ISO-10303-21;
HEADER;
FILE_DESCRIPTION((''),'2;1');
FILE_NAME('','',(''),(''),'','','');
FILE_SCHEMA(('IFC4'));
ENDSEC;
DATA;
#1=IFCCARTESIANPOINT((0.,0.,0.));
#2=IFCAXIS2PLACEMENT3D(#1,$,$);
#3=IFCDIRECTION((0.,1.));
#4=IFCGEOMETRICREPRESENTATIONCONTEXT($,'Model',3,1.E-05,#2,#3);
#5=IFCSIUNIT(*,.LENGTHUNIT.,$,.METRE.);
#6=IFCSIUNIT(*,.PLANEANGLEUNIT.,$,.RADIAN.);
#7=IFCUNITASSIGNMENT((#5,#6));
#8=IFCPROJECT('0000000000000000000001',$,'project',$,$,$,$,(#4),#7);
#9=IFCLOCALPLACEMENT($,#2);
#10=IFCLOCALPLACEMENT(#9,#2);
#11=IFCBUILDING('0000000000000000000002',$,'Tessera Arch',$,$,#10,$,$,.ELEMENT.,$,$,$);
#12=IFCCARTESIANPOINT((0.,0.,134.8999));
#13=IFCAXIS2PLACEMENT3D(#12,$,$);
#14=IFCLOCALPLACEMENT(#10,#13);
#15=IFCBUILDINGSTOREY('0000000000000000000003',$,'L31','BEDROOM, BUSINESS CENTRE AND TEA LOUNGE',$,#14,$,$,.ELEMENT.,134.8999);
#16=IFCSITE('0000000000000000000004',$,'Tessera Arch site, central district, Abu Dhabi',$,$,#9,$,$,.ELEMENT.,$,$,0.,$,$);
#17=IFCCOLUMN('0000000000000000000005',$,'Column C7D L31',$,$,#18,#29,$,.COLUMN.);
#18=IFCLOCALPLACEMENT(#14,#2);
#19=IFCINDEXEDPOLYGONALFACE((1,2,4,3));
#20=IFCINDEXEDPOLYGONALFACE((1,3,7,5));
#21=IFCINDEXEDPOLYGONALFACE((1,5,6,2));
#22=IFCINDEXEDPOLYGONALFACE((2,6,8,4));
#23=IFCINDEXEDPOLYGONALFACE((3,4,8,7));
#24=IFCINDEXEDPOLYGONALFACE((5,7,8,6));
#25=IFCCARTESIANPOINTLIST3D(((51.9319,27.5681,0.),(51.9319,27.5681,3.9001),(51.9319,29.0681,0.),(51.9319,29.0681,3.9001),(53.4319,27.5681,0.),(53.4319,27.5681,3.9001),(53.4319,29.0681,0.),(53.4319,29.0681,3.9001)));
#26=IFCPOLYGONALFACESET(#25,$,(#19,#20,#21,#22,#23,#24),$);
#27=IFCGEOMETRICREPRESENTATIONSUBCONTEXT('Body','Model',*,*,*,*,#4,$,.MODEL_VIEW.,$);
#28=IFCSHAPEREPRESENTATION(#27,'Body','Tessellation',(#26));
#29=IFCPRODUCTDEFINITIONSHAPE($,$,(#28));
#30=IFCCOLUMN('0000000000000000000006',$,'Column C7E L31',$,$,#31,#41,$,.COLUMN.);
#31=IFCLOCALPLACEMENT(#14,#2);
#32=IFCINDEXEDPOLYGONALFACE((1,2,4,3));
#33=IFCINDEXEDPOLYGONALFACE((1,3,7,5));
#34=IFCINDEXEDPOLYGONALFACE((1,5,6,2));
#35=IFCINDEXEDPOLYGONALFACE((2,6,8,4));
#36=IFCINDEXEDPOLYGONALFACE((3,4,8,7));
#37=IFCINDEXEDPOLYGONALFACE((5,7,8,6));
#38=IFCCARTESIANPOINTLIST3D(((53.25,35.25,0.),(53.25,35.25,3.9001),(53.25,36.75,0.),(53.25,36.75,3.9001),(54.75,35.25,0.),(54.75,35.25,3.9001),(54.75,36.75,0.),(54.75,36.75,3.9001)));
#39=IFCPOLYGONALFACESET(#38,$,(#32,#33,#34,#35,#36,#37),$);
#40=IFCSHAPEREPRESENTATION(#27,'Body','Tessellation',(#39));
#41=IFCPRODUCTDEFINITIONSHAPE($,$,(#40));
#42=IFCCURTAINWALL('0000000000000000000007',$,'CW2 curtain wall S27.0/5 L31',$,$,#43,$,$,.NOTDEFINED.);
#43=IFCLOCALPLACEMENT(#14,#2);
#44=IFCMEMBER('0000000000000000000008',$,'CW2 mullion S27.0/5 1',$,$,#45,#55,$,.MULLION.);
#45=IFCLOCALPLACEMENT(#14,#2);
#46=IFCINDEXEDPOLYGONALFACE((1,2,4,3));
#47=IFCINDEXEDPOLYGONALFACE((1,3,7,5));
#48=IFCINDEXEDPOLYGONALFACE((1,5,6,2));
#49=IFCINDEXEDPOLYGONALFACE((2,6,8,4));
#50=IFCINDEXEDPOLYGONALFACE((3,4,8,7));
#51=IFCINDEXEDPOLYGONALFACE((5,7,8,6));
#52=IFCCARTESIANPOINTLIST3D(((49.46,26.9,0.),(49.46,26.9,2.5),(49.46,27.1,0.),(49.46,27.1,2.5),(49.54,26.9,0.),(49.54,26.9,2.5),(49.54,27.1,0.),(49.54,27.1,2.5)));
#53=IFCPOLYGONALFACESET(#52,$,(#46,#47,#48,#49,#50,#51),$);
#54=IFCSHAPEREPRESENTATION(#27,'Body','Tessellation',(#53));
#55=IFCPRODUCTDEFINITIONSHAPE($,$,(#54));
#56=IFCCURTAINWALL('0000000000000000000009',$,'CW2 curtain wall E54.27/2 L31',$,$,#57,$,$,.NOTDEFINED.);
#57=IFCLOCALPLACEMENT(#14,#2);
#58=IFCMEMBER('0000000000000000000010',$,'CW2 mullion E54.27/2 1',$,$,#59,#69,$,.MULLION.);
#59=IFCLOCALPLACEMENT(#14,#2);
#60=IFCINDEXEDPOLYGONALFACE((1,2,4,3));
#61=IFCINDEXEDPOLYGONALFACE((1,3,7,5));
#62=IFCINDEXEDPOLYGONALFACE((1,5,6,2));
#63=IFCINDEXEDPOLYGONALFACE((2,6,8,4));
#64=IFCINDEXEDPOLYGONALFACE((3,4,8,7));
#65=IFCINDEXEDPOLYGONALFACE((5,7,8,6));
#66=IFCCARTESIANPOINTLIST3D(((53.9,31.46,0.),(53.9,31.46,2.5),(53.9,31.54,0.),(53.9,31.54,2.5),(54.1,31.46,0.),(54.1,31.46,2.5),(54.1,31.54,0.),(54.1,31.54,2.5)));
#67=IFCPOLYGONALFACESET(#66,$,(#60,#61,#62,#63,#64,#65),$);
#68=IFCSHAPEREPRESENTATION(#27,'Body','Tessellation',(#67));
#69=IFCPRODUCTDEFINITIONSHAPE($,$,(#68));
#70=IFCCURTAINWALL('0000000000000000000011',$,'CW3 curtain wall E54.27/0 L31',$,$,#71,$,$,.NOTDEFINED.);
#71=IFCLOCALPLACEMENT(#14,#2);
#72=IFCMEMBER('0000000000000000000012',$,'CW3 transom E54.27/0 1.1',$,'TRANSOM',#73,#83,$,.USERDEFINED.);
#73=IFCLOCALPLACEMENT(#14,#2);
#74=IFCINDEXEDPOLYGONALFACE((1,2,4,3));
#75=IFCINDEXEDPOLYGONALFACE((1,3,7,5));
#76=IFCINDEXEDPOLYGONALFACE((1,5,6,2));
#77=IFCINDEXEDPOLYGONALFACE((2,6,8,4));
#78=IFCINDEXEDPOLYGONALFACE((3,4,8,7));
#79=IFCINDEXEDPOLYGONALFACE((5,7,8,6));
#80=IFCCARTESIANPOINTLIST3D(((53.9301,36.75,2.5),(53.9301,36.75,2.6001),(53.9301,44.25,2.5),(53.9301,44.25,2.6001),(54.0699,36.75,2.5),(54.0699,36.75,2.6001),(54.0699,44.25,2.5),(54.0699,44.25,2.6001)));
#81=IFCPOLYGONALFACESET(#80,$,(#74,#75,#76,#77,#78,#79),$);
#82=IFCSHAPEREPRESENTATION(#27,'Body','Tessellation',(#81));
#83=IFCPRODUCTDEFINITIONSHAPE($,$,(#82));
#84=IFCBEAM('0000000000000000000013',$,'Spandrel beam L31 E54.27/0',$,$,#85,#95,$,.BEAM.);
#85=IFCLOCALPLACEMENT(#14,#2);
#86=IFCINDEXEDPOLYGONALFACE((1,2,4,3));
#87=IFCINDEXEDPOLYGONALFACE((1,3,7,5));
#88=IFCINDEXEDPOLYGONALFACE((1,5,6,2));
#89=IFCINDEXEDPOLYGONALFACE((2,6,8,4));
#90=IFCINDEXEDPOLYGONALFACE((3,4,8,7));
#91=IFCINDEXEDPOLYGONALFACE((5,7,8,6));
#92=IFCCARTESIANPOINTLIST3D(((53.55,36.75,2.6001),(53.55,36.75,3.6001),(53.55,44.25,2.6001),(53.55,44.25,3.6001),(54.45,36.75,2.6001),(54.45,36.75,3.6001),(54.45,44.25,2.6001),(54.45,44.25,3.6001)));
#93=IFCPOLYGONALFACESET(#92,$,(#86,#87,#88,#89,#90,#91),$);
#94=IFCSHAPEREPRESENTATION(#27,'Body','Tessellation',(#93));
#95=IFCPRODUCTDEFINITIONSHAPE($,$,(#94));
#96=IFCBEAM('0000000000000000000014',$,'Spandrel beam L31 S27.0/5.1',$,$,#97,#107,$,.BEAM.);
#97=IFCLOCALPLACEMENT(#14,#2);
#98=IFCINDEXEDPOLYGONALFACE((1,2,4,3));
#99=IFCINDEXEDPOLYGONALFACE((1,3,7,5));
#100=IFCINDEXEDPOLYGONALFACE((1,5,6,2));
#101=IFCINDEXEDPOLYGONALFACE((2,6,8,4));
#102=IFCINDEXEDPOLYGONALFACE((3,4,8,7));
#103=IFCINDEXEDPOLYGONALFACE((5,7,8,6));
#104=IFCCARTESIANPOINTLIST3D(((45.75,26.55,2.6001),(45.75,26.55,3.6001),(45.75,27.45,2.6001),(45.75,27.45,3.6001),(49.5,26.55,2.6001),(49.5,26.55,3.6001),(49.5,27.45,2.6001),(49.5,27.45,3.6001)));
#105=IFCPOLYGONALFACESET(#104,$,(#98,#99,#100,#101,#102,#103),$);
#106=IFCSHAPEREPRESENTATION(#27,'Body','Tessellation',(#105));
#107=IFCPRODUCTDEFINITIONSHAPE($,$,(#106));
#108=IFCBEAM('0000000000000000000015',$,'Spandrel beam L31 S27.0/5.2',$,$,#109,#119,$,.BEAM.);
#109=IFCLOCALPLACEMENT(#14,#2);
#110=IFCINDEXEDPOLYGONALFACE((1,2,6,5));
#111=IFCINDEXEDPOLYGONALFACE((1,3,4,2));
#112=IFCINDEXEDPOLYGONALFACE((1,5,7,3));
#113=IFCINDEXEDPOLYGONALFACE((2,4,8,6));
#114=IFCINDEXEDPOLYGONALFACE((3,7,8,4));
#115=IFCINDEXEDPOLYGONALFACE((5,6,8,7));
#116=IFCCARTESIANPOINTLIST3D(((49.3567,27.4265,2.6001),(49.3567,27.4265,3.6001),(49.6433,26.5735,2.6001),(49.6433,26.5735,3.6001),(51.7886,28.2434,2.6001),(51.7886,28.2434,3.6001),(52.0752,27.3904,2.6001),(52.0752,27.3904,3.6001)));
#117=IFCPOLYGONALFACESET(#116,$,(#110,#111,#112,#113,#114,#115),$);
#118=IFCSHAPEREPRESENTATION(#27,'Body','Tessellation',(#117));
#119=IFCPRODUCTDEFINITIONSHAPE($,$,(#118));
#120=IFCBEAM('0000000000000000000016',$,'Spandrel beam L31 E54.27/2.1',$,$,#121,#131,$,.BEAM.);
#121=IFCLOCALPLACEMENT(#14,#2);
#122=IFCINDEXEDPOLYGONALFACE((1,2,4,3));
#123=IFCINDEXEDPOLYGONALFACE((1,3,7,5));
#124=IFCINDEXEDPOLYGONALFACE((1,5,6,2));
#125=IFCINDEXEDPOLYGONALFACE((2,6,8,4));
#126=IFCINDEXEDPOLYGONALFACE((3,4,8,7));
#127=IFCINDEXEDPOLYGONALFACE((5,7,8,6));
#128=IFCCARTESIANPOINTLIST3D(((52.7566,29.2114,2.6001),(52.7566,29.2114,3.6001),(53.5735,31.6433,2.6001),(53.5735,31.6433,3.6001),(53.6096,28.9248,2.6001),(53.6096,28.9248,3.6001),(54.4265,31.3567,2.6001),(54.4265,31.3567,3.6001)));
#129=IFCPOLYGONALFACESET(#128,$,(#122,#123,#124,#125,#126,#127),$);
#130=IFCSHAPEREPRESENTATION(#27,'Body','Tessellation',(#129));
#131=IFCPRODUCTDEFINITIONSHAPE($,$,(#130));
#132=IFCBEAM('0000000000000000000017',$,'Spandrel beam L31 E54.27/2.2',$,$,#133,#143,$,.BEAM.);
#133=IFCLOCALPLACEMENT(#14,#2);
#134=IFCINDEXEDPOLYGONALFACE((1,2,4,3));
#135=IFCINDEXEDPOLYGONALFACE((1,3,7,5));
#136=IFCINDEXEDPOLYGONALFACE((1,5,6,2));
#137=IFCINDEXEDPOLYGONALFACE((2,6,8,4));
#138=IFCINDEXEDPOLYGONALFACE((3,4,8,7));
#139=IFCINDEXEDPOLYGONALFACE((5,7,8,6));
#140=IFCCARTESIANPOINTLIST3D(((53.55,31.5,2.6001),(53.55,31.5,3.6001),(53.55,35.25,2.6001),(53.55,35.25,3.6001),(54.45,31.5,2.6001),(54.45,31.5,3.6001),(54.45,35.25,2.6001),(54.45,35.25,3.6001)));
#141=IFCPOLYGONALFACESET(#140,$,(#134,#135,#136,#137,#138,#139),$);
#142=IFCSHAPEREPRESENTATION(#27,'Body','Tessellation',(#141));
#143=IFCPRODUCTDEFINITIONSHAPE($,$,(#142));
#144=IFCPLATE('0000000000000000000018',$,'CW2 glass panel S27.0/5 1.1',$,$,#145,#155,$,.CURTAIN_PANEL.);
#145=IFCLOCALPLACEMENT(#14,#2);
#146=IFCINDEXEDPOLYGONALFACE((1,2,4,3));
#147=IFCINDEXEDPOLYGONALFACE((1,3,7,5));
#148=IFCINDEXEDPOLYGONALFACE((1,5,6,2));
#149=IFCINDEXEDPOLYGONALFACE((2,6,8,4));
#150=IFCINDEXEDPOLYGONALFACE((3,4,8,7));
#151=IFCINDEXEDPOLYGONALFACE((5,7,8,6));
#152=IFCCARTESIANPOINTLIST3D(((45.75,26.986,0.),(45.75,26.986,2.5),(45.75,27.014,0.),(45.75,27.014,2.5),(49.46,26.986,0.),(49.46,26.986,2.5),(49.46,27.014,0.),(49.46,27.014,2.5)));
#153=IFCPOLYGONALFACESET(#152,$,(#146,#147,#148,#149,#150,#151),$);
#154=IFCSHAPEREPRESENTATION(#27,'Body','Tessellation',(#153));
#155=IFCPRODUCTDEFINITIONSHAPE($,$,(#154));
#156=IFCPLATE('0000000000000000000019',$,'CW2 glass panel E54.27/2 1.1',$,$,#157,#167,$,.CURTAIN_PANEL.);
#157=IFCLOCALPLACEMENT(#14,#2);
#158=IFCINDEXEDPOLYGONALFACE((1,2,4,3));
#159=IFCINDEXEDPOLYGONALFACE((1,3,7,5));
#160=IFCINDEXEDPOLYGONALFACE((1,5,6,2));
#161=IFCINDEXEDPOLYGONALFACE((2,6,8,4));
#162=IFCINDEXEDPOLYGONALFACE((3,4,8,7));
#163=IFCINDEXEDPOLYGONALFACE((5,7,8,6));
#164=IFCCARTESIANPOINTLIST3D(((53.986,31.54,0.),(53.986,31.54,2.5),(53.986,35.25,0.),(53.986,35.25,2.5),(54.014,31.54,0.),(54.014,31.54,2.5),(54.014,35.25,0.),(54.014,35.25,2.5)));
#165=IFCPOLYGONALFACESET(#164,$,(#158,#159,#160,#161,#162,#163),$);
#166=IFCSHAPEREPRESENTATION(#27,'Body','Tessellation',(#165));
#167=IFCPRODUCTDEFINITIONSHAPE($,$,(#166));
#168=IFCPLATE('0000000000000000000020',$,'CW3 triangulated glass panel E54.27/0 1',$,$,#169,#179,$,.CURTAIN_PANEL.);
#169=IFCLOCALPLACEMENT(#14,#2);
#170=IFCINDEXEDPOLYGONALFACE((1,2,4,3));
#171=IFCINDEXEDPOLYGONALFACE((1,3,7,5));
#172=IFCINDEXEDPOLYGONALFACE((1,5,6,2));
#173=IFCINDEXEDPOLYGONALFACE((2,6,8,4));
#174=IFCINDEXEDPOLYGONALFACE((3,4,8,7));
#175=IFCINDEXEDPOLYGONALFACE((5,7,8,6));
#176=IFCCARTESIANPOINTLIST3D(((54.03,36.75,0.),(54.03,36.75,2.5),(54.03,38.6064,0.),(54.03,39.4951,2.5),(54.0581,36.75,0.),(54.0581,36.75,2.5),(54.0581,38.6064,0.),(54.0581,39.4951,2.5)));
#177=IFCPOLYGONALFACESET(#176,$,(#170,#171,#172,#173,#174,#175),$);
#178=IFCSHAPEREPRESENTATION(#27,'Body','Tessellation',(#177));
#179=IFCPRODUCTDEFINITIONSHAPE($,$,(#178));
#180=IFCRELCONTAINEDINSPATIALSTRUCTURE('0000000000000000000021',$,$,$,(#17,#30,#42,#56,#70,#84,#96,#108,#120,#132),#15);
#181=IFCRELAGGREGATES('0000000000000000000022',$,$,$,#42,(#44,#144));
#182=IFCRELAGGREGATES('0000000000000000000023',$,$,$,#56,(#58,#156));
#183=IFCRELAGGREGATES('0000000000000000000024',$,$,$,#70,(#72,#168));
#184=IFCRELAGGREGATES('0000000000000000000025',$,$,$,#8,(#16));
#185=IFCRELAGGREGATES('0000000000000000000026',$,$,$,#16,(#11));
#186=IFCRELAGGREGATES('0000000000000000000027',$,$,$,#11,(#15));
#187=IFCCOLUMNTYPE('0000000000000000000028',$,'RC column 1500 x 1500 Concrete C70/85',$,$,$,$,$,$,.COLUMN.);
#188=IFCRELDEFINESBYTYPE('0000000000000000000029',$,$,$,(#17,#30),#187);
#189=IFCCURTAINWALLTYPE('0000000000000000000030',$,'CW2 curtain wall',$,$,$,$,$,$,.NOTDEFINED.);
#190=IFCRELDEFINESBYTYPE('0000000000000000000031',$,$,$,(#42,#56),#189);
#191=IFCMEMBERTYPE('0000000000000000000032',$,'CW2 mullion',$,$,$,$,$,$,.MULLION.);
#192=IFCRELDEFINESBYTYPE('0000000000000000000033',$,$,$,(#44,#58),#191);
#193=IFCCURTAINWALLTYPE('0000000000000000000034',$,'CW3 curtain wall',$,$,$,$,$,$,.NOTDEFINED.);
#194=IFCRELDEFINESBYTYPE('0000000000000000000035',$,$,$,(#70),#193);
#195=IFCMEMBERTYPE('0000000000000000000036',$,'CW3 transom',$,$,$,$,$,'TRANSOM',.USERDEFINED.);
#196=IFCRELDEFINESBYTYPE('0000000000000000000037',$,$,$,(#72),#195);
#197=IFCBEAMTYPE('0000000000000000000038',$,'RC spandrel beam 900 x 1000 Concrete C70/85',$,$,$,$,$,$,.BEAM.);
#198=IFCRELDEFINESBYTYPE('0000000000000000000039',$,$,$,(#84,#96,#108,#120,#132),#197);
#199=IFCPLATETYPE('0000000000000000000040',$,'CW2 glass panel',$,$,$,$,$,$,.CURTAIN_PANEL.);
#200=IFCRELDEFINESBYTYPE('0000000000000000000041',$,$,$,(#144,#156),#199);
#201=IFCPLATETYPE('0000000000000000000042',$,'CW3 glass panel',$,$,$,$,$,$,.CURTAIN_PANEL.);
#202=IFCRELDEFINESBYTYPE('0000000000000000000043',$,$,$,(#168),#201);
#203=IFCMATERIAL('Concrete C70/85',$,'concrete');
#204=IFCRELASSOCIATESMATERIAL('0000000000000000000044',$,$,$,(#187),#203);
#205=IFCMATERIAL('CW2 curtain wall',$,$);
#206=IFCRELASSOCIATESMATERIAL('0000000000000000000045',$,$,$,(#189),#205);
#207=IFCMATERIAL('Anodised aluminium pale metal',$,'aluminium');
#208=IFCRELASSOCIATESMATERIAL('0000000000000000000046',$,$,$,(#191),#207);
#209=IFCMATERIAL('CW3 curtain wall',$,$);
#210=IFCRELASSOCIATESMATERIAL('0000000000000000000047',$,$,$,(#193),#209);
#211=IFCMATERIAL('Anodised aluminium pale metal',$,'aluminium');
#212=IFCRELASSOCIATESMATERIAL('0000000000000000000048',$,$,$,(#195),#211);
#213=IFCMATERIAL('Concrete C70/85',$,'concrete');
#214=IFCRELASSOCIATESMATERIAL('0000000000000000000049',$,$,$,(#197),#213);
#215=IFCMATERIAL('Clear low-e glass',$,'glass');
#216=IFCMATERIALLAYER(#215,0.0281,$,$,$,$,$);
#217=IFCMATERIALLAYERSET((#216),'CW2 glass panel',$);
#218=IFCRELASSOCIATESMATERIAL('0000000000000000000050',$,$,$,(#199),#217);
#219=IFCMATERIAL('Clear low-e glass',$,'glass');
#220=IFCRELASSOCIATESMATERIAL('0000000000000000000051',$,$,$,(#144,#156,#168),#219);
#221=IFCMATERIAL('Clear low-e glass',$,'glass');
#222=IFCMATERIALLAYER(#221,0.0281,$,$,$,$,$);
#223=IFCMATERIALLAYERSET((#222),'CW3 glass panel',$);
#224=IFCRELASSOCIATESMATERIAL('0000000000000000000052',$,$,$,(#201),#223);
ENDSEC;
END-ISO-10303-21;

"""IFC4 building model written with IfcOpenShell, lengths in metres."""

from ifc_helpers import new_model, si_unit, direction, frame, origin, origin_2d, place, context, subcontext, project, spatial, polyline, rectangle, outline, extrude, material, layer, layer_set, material_profile, profile_set, type_object, element, aggregate, save


model = new_model("IFC4")

# Units and contexts
model_context = context("Model", 3, precision=1e-05, world=origin(), true_north=direction((0.0, 1.0)))
body_context = subcontext(model_context, "Body", "Model", "MODEL_VIEW")
ifc_project = project(units=[si_unit("LENGTHUNIT", "METRE"), si_unit("PLANEANGLEUNIT", "RADIAN")], contexts=[model_context])

# Site, building, storey
site_placement = place(None, origin())
site = spatial("IfcSite", under=ifc_project, at=site_placement, Name="Tessera Arch site, central district, Abu Dhabi", CompositionType="ELEMENT", RefElevation=0.0)
building_placement = place(site_placement, origin())
building = spatial("IfcBuilding", under=site, at=building_placement, Name="Tessera Arch", CompositionType="ELEMENT")
storey_placement = place(building_placement, frame((0.0, 0.0, 134.8999)))
storey = spatial("IfcBuildingStorey", under=building, at=storey_placement, Name="L31", Description="BEDROOM, BUSINESS CENTRE AND TEA LOUNGE", CompositionType="ELEMENT", Elevation=134.8999)

# Columns
ifc_material_1 = material(Name="Concrete C70/85", Category="concrete")
ifc_material_profile_1 = material_profile(ifc_material_1, rectangle(XDim=1.5, YDim=1.5, at=origin_2d()), Name="RC column 1500 x 1500 Concrete C70/85")
ifc_profile_set_1 = profile_set([ifc_material_profile_1], Name="Concrete C70/85")
column_type = type_object("IfcColumnType", Name="RC column 1500 x 1500 Concrete C70/85", PredefinedType="COLUMN", material=ifc_profile_set_1)
for number, where, z_axis, x_axis, name in (
    (1, (52.6819, 28.3181, 0.0), (0.0, 0.0, 1.0), (1.0, 0.0, 0.0), "Column C7D L31"),
    (2, (54.0, 36.0, 0.0), (0.0, 0.0, 1.0), (1.0, 0.0, 0.0), "Column C7E L31"),
):
    element("IfcColumn", number, at=place(storey_placement, frame(where, z_axis=z_axis, x_axis=x_axis)), inside=storey, type_object=column_type, Name=name, PredefinedType="COLUMN", context=body_context, shape_type="SweptSolid", body=[
        extrude(rectangle(XDim=1.5, YDim=1.5, at=origin_2d()), origin(), (0.0, 0.0, 1.0), 3.9001),
    ])

# Curtain walls, members
ifc_material_2 = material(Name="CW2 curtain wall")
curtain_wall_type_1 = type_object("IfcCurtainWallType", Name="CW2 curtain wall", PredefinedType="NOTDEFINED", material=ifc_material_2)
curtain_wall_1_placement = place(storey_placement, origin())
curtain_wall_1 = element("IfcCurtainWall", 3, at=curtain_wall_1_placement, inside=storey, type_object=curtain_wall_type_1, Name="CW2 curtain wall S27.0/5 L31", PredefinedType="NOTDEFINED")
ifc_material_3 = material(Name="Anodised aluminium pale metal", Category="aluminium")
ifc_material_profile_2 = material_profile(ifc_material_3, rectangle(XDim=0.2, YDim=0.0801, at=origin_2d()), Name="AL 80x200")
ifc_profile_set_2 = profile_set([ifc_material_profile_2], Name="Anodised aluminium pale metal")
member_type_1 = type_object("IfcMemberType", Name="CW2 mullion", PredefinedType="MULLION", material=ifc_profile_set_2)
member_1_placement = place(storey_placement, frame((49.5, 27.0, 0.0), z_axis=(0.0, 0.0, 1.0), x_axis=(0.0, 1.0, 0.0)))
member_1 = element("IfcMember", 4, at=member_1_placement, type_object=member_type_1, Name="CW2 mullion S27.0/5 1", PredefinedType="MULLION", context=body_context, shape_type="SweptSolid", body=[
    extrude(rectangle(XDim=0.2, YDim=0.0801, at=origin_2d()), origin(), (0.0, 0.0, 1.0), 2.5),
])
curtain_wall_2_placement = place(storey_placement, origin())
curtain_wall_2 = element("IfcCurtainWall", 5, at=curtain_wall_2_placement, inside=storey, type_object=curtain_wall_type_1, Name="CW2 curtain wall E54.27/2 L31", PredefinedType="NOTDEFINED")
member_2_placement = place(storey_placement, frame((54.0, 31.5, 0.0), z_axis=(0.0, 0.0, 1.0), x_axis=(-1.0, 0.0, 0.0)))
member_2 = element("IfcMember", 6, at=member_2_placement, type_object=member_type_1, Name="CW2 mullion E54.27/2 1", PredefinedType="MULLION", context=body_context, shape_type="SweptSolid", body=[
    extrude(rectangle(XDim=0.2, YDim=0.0801, at=origin_2d()), origin(), (0.0, 0.0, 1.0), 2.5),
])
ifc_material_4 = material(Name="CW3 curtain wall")
curtain_wall_type_2 = type_object("IfcCurtainWallType", Name="CW3 curtain wall", PredefinedType="NOTDEFINED", material=ifc_material_4)
curtain_wall_3_placement = place(storey_placement, origin())
curtain_wall_3 = element("IfcCurtainWall", 7, at=curtain_wall_3_placement, inside=storey, type_object=curtain_wall_type_2, Name="CW3 curtain wall E54.27/0 L31", PredefinedType="NOTDEFINED")
ifc_material_5 = material(Name="Anodised aluminium pale metal", Category="aluminium")
ifc_material_profile_3 = material_profile(ifc_material_5, rectangle(XDim=0.1399, YDim=0.1001, at=origin_2d()), Name="AL 140x100")
ifc_profile_set_3 = profile_set([ifc_material_profile_3], Name="Anodised aluminium pale metal")
member_type_2 = type_object("IfcMemberType", Name="CW3 transom", ElementType="TRANSOM", PredefinedType="USERDEFINED", material=ifc_profile_set_3)
member_3_placement = place(storey_placement, frame((54.0, 36.75, 2.55), z_axis=(0.0, 1.0, 0.0), x_axis=(-1.0, 0.0, 0.0)))
member_3 = element("IfcMember", 8, at=member_3_placement, type_object=member_type_2, Name="CW3 transom E54.27/0 1.1", ObjectType="TRANSOM", PredefinedType="USERDEFINED", context=body_context, shape_type="SweptSolid", body=[
    extrude(rectangle(XDim=0.1399, YDim=0.1001, at=origin_2d()), origin(), (0.0, 0.0, 1.0), 7.5),
])

# Beams
ifc_material_6 = material(Name="Concrete C70/85", Category="concrete")
ifc_material_profile_4 = material_profile(ifc_material_6, rectangle(XDim=0.8999, YDim=1.0, at=origin_2d()), Name="RC spandrel beam 900 x 1000 Concrete C70/85")
ifc_profile_set_4 = profile_set([ifc_material_profile_4], Name="Concrete C70/85")
beam_type = type_object("IfcBeamType", Name="RC spandrel beam 900 x 1000 Concrete C70/85", PredefinedType="BEAM", material=ifc_profile_set_4)
beam_1_placement = place(storey_placement, frame((54.0, 36.75, 3.1001), z_axis=(0.0, 1.0, 0.0), x_axis=(-1.0, 0.0, 0.0)))
element("IfcBeam", 9, at=beam_1_placement, inside=storey, type_object=beam_type, Name="Spandrel beam L31 E54.27/0", PredefinedType="BEAM", context=body_context, shape_type="SweptSolid", body=[
    extrude(rectangle(XDim=0.8999, YDim=1.0, at=origin_2d()), origin(), (0.0, 0.0, 1.0), 7.5),
])
beam_2_placement = place(storey_placement, frame((45.75, 27.0, 3.1001), z_axis=(1.0, 0.0, 0.0), x_axis=(0.0, 1.0, 0.0)))
element("IfcBeam", 10, at=beam_2_placement, inside=storey, type_object=beam_type, Name="Spandrel beam L31 S27.0/5.1", PredefinedType="BEAM", context=body_context, shape_type="SweptSolid", body=[
    extrude(rectangle(XDim=0.8999, YDim=1.0, at=origin_2d()), origin(), (0.0, 0.0, 1.0), 3.75),
])
for number, where, z_axis, x_axis, name in (
    (11, (49.5, 27.0, 3.1001), (0.947948, 0.318425, 0.0), (-0.318425, 0.947948, 0.0), "Spandrel beam L31 S27.0/5.2"),
    (12, (53.1831, 29.0681, 3.1001), (0.318425, 0.947948, 0.0), (-0.947948, 0.318425, 0.0), "Spandrel beam L31 E54.27/2.1"),
):
    element("IfcBeam", number, at=place(storey_placement, frame(where, z_axis=z_axis, x_axis=x_axis)), inside=storey, type_object=beam_type, Name=name, PredefinedType="BEAM", context=body_context, shape_type="SweptSolid", body=[
        extrude(rectangle(XDim=0.8999, YDim=1.0, at=origin_2d()), origin(), (0.0, 0.0, 1.0), 2.5654),
    ])
beam_3_placement = place(storey_placement, frame((54.0, 31.5, 3.1001), z_axis=(0.0, 1.0, 0.0), x_axis=(-1.0, 0.0, 0.0)))
element("IfcBeam", 13, at=beam_3_placement, inside=storey, type_object=beam_type, Name="Spandrel beam L31 E54.27/2.2", PredefinedType="BEAM", context=body_context, shape_type="SweptSolid", body=[
    extrude(rectangle(XDim=0.8999, YDim=1.0, at=origin_2d()), origin(), (0.0, 0.0, 1.0), 3.75),
])

# Plates
ifc_material_7 = material(Name="Clear low-e glass", Category="glass")
ifc_material_8 = material(Name="Clear low-e glass", Category="glass")
ifc_layer_1 = layer(ifc_material_8, 0.0281)
ifc_layer_set_1 = layer_set([ifc_layer_1], Name="CW2 glass panel")
plate_type_1 = type_object("IfcPlateType", Name="CW2 glass panel", PredefinedType="CURTAIN_PANEL", material=ifc_layer_set_1)
plate_1_placement = place(storey_placement, frame((47.605, 27.0, 0.0), z_axis=(0.0, 0.0, 1.0), x_axis=(1.0, 0.0, 0.0)))
plate_1 = element("IfcPlate", 14, at=plate_1_placement, type_object=plate_type_1, material=ifc_material_7, Name="CW2 glass panel S27.0/5 1.1", PredefinedType="CURTAIN_PANEL", context=body_context, shape_type="SweptSolid", body=[
    extrude(rectangle(XDim=3.71, YDim=0.0281, at=origin_2d()), origin(), (0.0, 0.0, 1.0), 2.5),
])
aggregate(curtain_wall_1, [member_1, plate_1])
plate_2_placement = place(storey_placement, frame((54.0, 33.395, 0.0), z_axis=(0.0, 0.0, 1.0), x_axis=(0.0, 1.0, 0.0)))
plate_2 = element("IfcPlate", 15, at=plate_2_placement, type_object=plate_type_1, material=ifc_material_7, Name="CW2 glass panel E54.27/2 1.1", PredefinedType="CURTAIN_PANEL", context=body_context, shape_type="SweptSolid", body=[
    extrude(rectangle(XDim=3.71, YDim=0.0281, at=origin_2d()), origin(), (0.0, 0.0, 1.0), 2.5),
])
aggregate(curtain_wall_2, [member_2, plate_2])
ifc_material_9 = material(Name="Clear low-e glass", Category="glass")
ifc_layer_2 = layer(ifc_material_9, 0.0281)
ifc_layer_set_2 = layer_set([ifc_layer_2], Name="CW3 glass panel")
plate_type_2 = type_object("IfcPlateType", Name="CW3 glass panel", PredefinedType="CURTAIN_PANEL", material=ifc_layer_set_2)
plate_3_placement = place(storey_placement, frame((54.0581, 36.75, 0.0), z_axis=(1.0, 0.0, 0.0), x_axis=(0.0, 1.0, 0.0)))
plate_3 = element("IfcPlate", 16, at=plate_3_placement, type_object=plate_type_2, material=ifc_material_7, Name="CW3 triangulated glass panel E54.27/0 1", PredefinedType="CURTAIN_PANEL", context=body_context, shape_type="SweptSolid", body=[
    extrude(outline(polyline([(0.0, 0.0), (1.8564, 0.0), (2.7451, 2.5), (0.0, 2.5), (0.0, 0.0)])), origin(), (0.0, 0.0, -1.0), 0.0281),
])
aggregate(curtain_wall_3, [member_3, plate_3])

save(model, "model.ifc")
